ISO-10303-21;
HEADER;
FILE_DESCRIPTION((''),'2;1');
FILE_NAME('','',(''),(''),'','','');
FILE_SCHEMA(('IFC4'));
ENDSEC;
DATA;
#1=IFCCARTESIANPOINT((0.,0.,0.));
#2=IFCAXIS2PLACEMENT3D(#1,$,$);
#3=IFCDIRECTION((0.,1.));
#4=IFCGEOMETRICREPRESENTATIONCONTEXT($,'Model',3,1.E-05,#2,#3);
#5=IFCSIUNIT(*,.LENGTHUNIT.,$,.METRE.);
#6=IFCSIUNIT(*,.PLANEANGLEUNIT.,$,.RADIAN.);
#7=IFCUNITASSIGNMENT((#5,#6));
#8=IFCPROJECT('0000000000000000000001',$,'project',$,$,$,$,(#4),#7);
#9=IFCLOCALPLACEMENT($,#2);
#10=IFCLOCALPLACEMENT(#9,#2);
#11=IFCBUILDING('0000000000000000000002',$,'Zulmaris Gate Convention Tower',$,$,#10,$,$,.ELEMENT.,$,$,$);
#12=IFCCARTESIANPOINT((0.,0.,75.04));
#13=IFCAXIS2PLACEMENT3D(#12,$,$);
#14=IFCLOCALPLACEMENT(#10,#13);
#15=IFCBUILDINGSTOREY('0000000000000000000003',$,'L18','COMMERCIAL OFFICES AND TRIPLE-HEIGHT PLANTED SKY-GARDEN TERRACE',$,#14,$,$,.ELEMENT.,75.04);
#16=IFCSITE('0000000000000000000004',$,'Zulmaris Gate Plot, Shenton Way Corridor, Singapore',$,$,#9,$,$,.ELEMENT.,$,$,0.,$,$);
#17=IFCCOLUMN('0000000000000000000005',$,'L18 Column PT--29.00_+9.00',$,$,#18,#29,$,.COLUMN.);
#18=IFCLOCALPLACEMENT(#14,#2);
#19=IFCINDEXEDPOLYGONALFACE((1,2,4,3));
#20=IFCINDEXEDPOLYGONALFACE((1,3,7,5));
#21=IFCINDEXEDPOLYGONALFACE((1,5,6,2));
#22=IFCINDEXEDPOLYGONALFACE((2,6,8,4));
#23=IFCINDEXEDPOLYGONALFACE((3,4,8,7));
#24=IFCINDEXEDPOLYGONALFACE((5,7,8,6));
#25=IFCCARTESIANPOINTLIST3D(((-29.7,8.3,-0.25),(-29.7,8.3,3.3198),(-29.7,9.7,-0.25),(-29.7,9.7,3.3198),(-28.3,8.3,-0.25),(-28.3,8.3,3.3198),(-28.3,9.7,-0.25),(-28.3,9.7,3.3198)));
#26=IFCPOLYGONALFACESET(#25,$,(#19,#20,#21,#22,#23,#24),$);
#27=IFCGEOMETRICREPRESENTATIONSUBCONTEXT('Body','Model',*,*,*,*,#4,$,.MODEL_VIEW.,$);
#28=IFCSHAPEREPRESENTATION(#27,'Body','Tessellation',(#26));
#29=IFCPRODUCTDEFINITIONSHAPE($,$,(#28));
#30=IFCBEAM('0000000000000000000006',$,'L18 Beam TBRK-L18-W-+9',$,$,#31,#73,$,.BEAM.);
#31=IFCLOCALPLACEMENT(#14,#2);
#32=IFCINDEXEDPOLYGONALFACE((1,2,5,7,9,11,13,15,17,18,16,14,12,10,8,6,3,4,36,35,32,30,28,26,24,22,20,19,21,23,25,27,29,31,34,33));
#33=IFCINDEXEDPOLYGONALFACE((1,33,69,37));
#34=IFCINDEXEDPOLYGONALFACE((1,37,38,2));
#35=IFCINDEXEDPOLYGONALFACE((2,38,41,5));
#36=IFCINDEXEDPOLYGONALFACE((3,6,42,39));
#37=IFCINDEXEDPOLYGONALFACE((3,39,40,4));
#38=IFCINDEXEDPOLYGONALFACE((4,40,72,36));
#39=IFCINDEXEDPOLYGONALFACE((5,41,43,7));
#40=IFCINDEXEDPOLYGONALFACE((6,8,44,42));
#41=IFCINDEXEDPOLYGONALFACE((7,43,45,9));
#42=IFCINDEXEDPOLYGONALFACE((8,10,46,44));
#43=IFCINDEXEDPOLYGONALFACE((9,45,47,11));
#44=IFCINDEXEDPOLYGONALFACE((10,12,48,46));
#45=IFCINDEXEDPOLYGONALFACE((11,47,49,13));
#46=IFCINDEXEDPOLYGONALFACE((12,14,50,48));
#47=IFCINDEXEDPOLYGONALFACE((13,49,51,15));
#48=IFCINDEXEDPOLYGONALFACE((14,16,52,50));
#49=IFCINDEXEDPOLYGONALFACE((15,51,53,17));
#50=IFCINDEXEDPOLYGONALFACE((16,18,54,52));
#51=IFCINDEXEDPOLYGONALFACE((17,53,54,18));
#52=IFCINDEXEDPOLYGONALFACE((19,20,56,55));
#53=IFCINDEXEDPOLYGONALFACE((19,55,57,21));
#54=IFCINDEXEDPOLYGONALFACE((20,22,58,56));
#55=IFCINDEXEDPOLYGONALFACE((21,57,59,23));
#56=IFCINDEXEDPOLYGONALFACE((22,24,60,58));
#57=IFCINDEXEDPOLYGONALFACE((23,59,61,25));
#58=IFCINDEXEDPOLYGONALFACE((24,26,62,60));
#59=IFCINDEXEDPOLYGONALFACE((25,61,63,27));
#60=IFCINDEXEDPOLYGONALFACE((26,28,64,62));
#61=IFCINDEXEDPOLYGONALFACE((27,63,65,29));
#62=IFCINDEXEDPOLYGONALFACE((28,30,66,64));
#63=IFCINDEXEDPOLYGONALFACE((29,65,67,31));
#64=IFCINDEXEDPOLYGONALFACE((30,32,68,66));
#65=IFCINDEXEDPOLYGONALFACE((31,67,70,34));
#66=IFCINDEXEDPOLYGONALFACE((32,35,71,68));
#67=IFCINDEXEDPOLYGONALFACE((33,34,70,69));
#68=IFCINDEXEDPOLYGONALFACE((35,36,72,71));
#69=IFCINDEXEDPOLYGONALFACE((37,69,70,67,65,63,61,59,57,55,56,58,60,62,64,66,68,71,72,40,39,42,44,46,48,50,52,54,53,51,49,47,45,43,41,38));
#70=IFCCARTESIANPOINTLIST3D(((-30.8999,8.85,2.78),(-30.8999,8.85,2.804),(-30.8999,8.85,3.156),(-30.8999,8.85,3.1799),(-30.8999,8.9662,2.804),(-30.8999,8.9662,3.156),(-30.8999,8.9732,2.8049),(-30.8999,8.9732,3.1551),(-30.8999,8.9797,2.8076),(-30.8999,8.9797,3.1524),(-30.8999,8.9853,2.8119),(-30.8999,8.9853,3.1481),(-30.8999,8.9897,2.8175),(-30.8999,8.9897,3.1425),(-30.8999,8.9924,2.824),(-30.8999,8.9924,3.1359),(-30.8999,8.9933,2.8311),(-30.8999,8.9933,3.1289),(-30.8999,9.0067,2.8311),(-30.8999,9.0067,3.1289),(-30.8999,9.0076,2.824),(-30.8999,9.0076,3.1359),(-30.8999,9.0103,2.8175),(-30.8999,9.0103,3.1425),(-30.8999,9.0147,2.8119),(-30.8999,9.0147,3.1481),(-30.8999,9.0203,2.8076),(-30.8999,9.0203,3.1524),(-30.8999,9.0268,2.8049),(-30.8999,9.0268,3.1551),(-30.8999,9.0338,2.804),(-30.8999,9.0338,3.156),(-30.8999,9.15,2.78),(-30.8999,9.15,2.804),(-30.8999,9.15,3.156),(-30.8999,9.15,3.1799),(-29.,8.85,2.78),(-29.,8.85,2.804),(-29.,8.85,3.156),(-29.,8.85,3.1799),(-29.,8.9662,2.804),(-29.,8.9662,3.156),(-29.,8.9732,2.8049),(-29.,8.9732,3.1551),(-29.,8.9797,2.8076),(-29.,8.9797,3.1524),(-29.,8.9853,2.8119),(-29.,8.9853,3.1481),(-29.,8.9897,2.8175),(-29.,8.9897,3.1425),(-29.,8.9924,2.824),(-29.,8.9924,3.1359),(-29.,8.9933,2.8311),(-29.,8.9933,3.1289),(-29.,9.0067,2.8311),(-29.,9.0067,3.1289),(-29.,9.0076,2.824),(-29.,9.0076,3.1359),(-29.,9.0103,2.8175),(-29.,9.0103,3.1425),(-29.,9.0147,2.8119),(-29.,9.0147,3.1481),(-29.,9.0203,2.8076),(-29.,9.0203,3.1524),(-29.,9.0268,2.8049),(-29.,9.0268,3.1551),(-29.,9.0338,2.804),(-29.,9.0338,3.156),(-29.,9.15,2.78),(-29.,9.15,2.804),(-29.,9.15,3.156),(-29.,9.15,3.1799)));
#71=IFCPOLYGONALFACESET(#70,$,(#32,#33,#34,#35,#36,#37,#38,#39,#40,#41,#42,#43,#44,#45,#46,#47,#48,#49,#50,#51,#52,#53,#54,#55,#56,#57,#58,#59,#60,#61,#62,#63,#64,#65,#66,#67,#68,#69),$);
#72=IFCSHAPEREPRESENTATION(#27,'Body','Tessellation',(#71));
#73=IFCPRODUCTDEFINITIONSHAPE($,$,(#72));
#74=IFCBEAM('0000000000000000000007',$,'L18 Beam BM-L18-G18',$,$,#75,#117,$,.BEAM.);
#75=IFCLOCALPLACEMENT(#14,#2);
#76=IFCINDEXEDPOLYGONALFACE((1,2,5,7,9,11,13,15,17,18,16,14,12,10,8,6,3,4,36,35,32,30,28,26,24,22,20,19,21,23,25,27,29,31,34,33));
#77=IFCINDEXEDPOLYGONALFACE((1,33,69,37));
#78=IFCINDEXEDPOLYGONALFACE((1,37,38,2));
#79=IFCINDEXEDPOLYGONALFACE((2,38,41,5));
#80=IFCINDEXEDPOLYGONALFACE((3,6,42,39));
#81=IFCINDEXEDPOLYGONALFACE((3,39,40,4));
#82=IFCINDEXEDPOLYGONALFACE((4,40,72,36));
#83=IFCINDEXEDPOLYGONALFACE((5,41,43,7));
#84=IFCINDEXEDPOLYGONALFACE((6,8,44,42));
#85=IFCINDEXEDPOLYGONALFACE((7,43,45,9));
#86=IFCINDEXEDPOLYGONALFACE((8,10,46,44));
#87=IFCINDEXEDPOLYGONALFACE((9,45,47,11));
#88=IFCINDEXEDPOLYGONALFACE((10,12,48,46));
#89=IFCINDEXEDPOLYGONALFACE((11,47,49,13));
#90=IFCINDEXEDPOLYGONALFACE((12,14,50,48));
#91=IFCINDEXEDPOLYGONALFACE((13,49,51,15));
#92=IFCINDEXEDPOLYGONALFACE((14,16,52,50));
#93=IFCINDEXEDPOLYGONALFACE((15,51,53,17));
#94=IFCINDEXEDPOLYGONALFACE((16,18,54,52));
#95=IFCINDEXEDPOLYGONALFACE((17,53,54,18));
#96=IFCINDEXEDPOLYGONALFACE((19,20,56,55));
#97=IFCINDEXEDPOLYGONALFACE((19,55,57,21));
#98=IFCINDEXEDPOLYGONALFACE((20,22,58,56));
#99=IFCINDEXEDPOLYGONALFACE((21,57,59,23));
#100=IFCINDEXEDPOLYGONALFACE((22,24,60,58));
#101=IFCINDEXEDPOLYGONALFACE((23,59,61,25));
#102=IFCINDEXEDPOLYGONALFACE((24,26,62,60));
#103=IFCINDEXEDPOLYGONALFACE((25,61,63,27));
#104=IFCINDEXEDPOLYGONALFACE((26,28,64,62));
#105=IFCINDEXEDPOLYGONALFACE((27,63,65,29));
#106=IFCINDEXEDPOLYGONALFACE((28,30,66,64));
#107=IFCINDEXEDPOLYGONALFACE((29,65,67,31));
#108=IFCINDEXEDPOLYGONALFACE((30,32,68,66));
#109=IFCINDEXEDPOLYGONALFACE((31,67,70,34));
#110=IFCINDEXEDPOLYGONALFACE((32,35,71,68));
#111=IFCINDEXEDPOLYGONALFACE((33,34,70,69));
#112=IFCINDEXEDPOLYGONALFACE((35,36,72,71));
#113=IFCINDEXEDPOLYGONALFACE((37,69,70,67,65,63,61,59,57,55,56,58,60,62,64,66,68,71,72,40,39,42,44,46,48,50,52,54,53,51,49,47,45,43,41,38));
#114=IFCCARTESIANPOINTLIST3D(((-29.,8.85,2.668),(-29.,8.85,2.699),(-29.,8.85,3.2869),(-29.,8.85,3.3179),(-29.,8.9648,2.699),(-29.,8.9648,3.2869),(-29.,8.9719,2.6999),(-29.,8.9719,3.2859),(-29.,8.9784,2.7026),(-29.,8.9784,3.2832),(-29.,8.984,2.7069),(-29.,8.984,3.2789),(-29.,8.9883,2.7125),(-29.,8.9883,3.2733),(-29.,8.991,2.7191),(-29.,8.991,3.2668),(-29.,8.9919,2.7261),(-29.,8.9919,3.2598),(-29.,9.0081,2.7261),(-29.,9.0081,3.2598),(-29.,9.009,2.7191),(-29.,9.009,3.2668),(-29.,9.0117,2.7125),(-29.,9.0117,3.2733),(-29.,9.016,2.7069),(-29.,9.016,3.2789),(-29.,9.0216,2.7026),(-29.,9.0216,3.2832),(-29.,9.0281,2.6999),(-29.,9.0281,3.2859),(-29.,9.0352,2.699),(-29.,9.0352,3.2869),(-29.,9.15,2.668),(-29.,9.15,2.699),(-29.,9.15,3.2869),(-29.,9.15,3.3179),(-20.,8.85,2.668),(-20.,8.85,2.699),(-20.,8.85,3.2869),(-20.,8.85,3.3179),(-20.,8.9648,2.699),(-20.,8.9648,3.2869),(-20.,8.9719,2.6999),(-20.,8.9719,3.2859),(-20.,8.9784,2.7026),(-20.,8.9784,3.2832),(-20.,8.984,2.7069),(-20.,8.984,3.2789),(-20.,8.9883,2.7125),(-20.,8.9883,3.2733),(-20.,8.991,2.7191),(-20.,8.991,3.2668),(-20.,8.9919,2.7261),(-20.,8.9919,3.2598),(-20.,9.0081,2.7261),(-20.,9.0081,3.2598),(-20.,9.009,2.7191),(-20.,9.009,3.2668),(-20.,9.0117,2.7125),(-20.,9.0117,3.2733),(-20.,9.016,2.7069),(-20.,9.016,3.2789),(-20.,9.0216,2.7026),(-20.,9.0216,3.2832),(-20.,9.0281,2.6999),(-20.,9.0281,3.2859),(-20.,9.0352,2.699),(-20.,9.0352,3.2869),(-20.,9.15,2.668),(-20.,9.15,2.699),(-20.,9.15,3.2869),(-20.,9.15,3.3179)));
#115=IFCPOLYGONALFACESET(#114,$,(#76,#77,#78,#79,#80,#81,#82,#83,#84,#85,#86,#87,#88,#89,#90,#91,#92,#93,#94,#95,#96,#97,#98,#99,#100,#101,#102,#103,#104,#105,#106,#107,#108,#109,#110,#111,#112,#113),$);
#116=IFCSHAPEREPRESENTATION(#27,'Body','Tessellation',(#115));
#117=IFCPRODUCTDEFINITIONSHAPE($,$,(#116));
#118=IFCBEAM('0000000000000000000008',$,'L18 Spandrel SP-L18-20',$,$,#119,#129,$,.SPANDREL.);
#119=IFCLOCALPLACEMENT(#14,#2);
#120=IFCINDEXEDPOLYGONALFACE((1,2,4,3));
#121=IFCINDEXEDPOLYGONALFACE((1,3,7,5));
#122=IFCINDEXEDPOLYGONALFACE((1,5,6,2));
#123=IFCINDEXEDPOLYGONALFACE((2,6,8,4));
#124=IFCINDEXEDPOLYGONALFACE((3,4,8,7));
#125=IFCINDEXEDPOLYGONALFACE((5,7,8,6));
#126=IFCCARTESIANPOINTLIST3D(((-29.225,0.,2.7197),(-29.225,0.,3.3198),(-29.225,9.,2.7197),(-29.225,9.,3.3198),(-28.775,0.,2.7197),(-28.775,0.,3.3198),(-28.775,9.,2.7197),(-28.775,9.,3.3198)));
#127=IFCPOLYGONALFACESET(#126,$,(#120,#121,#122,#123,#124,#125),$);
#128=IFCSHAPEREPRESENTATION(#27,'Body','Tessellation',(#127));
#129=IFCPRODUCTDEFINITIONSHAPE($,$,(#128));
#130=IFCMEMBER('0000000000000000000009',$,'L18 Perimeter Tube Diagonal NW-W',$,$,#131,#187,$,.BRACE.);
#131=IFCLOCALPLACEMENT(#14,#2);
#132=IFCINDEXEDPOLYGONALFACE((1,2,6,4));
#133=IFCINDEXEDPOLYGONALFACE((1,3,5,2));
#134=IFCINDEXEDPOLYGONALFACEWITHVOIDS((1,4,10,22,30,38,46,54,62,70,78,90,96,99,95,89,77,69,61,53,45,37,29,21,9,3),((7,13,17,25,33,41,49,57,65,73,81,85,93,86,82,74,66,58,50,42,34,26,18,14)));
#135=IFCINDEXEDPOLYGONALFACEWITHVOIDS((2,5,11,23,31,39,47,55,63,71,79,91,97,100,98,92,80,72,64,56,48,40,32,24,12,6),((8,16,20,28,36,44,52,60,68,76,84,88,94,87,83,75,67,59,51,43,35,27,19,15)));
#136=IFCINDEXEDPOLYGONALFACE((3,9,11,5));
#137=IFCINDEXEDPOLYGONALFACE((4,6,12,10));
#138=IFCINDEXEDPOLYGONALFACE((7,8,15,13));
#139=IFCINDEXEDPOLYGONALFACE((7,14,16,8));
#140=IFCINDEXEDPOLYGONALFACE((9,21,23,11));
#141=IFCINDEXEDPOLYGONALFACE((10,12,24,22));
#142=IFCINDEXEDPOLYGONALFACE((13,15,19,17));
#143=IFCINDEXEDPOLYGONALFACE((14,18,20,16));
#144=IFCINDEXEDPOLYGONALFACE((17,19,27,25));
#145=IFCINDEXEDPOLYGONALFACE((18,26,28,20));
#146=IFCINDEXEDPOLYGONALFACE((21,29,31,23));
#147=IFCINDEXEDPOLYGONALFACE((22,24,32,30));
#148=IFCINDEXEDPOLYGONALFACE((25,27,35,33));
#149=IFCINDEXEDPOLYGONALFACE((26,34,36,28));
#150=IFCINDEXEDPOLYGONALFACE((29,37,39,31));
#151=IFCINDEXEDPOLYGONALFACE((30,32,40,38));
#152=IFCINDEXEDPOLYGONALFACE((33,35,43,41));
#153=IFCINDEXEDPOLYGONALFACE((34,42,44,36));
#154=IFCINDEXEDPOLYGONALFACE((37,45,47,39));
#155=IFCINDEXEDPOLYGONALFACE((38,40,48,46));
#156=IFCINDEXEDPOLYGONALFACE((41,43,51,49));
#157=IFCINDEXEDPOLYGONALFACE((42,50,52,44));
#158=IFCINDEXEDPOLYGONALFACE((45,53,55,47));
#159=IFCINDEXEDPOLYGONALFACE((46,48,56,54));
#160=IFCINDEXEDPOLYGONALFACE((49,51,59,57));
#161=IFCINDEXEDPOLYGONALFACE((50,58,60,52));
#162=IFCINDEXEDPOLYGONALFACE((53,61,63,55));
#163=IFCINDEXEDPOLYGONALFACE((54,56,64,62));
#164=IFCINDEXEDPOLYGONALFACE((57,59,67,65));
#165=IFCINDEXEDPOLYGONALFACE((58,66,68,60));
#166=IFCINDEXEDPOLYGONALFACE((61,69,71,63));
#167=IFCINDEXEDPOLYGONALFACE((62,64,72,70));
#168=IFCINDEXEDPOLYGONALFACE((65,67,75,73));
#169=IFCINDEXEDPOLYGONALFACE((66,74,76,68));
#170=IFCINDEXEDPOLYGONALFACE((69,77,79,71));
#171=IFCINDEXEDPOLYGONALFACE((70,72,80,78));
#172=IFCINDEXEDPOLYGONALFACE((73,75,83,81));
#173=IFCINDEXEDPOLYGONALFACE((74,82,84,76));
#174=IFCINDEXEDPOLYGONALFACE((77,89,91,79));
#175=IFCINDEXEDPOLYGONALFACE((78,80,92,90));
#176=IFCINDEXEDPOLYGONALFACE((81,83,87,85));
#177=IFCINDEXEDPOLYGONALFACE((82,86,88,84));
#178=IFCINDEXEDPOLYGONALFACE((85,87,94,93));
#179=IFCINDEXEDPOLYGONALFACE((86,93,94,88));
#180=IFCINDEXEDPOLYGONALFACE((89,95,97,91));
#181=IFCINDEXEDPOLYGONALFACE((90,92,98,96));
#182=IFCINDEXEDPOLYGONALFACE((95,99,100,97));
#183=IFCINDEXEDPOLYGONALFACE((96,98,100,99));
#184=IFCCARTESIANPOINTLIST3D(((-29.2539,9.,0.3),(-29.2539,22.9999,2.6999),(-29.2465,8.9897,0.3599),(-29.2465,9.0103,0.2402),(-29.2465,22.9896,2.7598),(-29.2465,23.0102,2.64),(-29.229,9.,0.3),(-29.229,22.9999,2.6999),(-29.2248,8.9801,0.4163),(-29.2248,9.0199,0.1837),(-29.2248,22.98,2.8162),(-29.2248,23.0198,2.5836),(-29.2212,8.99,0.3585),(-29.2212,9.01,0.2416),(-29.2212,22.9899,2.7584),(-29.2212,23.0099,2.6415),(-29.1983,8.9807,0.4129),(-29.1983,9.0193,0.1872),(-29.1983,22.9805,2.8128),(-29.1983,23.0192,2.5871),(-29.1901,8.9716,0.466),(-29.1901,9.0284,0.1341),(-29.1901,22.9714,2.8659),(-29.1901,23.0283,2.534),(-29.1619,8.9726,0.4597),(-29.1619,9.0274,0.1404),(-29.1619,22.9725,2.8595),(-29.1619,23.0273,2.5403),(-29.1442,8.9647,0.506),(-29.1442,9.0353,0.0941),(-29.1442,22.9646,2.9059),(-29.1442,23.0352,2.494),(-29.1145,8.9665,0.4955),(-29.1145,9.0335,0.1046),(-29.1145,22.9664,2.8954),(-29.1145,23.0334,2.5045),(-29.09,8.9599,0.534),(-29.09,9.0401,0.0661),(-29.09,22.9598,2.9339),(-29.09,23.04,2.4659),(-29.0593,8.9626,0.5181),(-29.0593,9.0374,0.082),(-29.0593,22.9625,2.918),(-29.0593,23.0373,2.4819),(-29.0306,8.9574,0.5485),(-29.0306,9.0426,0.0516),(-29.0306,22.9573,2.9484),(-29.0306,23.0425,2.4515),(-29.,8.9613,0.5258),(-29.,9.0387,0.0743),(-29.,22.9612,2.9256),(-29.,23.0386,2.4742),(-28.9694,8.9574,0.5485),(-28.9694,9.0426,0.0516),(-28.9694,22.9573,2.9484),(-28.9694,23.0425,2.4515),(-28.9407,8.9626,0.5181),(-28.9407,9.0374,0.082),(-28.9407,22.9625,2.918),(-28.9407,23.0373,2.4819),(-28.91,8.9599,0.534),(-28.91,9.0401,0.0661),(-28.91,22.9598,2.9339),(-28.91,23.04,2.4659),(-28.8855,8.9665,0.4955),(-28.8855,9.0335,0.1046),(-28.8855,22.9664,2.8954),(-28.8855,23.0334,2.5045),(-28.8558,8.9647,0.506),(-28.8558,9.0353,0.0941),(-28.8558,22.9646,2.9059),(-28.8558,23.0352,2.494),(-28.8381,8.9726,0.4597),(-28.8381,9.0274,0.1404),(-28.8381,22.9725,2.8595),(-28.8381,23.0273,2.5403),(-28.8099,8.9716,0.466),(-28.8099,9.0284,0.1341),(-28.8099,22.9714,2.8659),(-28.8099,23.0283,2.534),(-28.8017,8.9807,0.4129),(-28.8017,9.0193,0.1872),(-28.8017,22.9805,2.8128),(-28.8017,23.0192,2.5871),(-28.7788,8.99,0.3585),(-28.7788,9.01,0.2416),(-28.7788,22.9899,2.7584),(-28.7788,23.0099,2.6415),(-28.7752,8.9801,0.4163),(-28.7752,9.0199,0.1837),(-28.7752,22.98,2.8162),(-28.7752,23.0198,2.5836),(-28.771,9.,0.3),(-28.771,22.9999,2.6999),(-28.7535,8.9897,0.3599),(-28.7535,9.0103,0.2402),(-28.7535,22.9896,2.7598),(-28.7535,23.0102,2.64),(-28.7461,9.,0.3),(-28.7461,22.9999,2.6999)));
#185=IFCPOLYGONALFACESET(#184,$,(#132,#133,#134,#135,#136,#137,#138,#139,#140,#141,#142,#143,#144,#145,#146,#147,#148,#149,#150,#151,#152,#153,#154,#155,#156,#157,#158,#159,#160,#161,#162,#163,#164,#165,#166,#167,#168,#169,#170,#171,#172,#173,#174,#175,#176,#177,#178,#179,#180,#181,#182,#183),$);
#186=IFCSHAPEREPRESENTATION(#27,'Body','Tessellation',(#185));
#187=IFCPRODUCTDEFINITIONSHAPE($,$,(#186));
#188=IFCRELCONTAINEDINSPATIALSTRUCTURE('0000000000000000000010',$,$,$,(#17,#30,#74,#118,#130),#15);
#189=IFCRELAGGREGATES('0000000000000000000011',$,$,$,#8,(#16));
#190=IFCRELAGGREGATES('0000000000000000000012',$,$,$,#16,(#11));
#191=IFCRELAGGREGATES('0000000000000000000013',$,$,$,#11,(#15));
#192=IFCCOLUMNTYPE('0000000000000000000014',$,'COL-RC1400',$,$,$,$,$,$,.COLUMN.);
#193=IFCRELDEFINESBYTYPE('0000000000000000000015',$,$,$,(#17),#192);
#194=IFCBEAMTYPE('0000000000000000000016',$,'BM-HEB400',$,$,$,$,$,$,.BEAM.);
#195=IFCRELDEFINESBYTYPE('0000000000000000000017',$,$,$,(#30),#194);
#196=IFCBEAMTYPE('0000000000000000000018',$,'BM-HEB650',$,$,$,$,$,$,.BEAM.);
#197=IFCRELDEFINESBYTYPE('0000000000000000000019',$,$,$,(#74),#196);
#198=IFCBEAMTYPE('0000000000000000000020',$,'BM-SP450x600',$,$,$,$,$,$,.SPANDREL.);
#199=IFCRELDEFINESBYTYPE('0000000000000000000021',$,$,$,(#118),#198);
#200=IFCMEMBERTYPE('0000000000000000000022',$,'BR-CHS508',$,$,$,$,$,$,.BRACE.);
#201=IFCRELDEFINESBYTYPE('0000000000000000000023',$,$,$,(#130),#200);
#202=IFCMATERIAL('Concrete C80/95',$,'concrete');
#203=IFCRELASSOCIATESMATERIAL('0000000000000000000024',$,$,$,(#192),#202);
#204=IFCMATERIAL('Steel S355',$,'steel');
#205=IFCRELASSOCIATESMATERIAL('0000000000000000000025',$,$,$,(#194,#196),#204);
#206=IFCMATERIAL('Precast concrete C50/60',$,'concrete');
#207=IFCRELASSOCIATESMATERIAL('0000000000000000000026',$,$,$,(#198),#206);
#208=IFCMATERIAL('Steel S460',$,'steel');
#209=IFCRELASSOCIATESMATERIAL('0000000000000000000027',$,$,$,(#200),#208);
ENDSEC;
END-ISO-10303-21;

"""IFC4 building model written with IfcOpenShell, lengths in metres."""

from ifc_helpers import new_model, si_unit, direction, frame, origin, origin_2d, place, context, subcontext, project, spatial, rectangle, hollow_circle, i_section, extrude, material, material_profile, profile_set, type_object, element, save


model = new_model("IFC4")

# Units and contexts
model_context = context("Model", 3, precision=1e-05, world=origin(), true_north=direction((0.0, 1.0)))
body_context = subcontext(model_context, "Body", "Model", "MODEL_VIEW")
ifc_project = project(units=[si_unit("LENGTHUNIT", "METRE"), si_unit("PLANEANGLEUNIT", "RADIAN")], contexts=[model_context])

# Site, building, storey
site_placement = place(None, origin())
site = spatial("IfcSite", under=ifc_project, at=site_placement, Name="Zulmaris Gate Plot, Shenton Way Corridor, Singapore", CompositionType="ELEMENT", RefElevation=0.0)
building_placement = place(site_placement, origin())
building = spatial("IfcBuilding", under=site, at=building_placement, Name="Zulmaris Gate Convention Tower", CompositionType="ELEMENT")
storey_placement = place(building_placement, frame((0.0, 0.0, 75.04)))
storey = spatial("IfcBuildingStorey", under=building, at=storey_placement, Name="L18", Description="COMMERCIAL OFFICES AND TRIPLE-HEIGHT PLANTED SKY-GARDEN TERRACE", CompositionType="ELEMENT", Elevation=75.04)

# Column
ifc_material_1 = material(Name="Concrete C80/95", Category="concrete")
ifc_material_profile_1 = material_profile(ifc_material_1, rectangle(XDim=1.3999, YDim=1.3999, at=origin_2d()), Name="RC COL 1400x1400")
ifc_profile_set_1 = profile_set([ifc_material_profile_1], Name="Concrete C80/95")
column_type = type_object("IfcColumnType", Name="COL-RC1400", PredefinedType="COLUMN", material=ifc_profile_set_1)
column_placement = place(storey_placement, frame((-29.0, 9.0, -0.25), z_axis=(0.0, 0.0, 1.0), x_axis=(1.0, 0.0, 0.0)))
element("IfcColumn", 1, at=column_placement, inside=storey, type_object=column_type, Name="L18 Column PT--29.00_+9.00", PredefinedType="COLUMN", context=body_context, shape_type="SweptSolid", body=[
    extrude(rectangle(XDim=1.3999, YDim=1.3999, at=origin_2d()), origin(), (0.0, 0.0, 1.0), 3.5698),
])

# Beams
ifc_material_2 = material(Name="Steel S355", Category="steel")
ifc_material_profile_2 = material_profile(ifc_material_2, i_section(OverallWidth=0.3, OverallDepth=0.3999, WebThickness=0.0134, FlangeThickness=0.0239, FilletRadius=0.0271, at=origin_2d()), Name="HEB 400")
ifc_profile_set_2 = profile_set([ifc_material_profile_2], Name="Steel S355")
beam_type_1 = type_object("IfcBeamType", Name="BM-HEB400", PredefinedType="BEAM", material=ifc_profile_set_2)
beam_1_placement = place(storey_placement, frame((-30.8999, 9.0, 2.98), z_axis=(1.0, 0.0, 0.0), x_axis=(0.0, 1.0, 0.0)))
element("IfcBeam", 2, at=beam_1_placement, inside=storey, type_object=beam_type_1, Name="L18 Beam TBRK-L18-W-+9", PredefinedType="BEAM", context=body_context, shape_type="SweptSolid", body=[
    extrude(i_section(OverallWidth=0.3, OverallDepth=0.3999, WebThickness=0.0134, FlangeThickness=0.0239, FilletRadius=0.0271, at=origin_2d()), origin(), (0.0, 0.0, 1.0), 1.8999),
])
ifc_material_profile_3 = material_profile(ifc_material_2, i_section(OverallWidth=0.3, OverallDepth=0.6499, WebThickness=0.0161, FlangeThickness=0.031, FilletRadius=0.0271, at=origin_2d()), Name="HEB 650")
ifc_profile_set_3 = profile_set([ifc_material_profile_3], Name="Steel S355")
beam_type_2 = type_object("IfcBeamType", Name="BM-HEB650", PredefinedType="BEAM", material=ifc_profile_set_3)
beam_2_placement = place(storey_placement, frame((-29.0, 9.0, 2.9929), z_axis=(1.0, 0.0, 0.0), x_axis=(0.0, 1.0, 0.0)))
element("IfcBeam", 3, at=beam_2_placement, inside=storey, type_object=beam_type_2, Name="L18 Beam BM-L18-G18", PredefinedType="BEAM", context=body_context, shape_type="SweptSolid", body=[
    extrude(i_section(OverallWidth=0.3, OverallDepth=0.6499, WebThickness=0.0161, FlangeThickness=0.031, FilletRadius=0.0271, at=origin_2d()), origin(), (0.0, 0.0, 1.0), 9.0),
])
ifc_material_3 = material(Name="Precast concrete C50/60", Category="concrete")
ifc_material_profile_4 = material_profile(ifc_material_3, rectangle(XDim=0.45, YDim=0.6001, at=origin_2d()), Name="RC SPANDREL 450x600")
ifc_profile_set_4 = profile_set([ifc_material_profile_4], Name="Precast concrete C50/60")
beam_type_3 = type_object("IfcBeamType", Name="BM-SP450x600", PredefinedType="SPANDREL", material=ifc_profile_set_4)
beam_3_placement = place(storey_placement, frame((-29.0, 9.0, 3.0198), z_axis=(0.0, -1.0, 0.0), x_axis=(1.0, 0.0, 0.0)))
element("IfcBeam", 4, at=beam_3_placement, inside=storey, type_object=beam_type_3, Name="L18 Spandrel SP-L18-20", PredefinedType="SPANDREL", context=body_context, shape_type="SweptSolid", body=[
    extrude(rectangle(XDim=0.45, YDim=0.6001, at=origin_2d()), origin(), (0.0, 0.0, 1.0), 9.0),
])

# Member
ifc_material_4 = material(Name="Steel S460", Category="steel")
ifc_material_profile_5 = material_profile(ifc_material_4, hollow_circle(Radius=0.2539, WallThickness=0.0249, at=origin_2d()), Name="CHS 508x25")
ifc_profile_set_5 = profile_set([ifc_material_profile_5], Name="Steel S460")
member_type = type_object("IfcMemberType", Name="BR-CHS508", PredefinedType="BRACE", material=ifc_profile_set_5)
member_placement = place(storey_placement, frame((-29.0, 9.0, 0.3), z_axis=(0.0, 0.985623, 0.168957), x_axis=(-1.0, 0.0, 0.0)))
element("IfcMember", 5, at=member_placement, inside=storey, type_object=member_type, Name="L18 Perimeter Tube Diagonal NW-W", PredefinedType="BRACE", context=body_context, shape_type="SweptSolid", body=[
    extrude(hollow_circle(Radius=0.2539, WallThickness=0.0249, at=origin_2d()), origin(), (0.0, 0.0, 1.0), 14.2041),
])

save(model, "model.ifc")
